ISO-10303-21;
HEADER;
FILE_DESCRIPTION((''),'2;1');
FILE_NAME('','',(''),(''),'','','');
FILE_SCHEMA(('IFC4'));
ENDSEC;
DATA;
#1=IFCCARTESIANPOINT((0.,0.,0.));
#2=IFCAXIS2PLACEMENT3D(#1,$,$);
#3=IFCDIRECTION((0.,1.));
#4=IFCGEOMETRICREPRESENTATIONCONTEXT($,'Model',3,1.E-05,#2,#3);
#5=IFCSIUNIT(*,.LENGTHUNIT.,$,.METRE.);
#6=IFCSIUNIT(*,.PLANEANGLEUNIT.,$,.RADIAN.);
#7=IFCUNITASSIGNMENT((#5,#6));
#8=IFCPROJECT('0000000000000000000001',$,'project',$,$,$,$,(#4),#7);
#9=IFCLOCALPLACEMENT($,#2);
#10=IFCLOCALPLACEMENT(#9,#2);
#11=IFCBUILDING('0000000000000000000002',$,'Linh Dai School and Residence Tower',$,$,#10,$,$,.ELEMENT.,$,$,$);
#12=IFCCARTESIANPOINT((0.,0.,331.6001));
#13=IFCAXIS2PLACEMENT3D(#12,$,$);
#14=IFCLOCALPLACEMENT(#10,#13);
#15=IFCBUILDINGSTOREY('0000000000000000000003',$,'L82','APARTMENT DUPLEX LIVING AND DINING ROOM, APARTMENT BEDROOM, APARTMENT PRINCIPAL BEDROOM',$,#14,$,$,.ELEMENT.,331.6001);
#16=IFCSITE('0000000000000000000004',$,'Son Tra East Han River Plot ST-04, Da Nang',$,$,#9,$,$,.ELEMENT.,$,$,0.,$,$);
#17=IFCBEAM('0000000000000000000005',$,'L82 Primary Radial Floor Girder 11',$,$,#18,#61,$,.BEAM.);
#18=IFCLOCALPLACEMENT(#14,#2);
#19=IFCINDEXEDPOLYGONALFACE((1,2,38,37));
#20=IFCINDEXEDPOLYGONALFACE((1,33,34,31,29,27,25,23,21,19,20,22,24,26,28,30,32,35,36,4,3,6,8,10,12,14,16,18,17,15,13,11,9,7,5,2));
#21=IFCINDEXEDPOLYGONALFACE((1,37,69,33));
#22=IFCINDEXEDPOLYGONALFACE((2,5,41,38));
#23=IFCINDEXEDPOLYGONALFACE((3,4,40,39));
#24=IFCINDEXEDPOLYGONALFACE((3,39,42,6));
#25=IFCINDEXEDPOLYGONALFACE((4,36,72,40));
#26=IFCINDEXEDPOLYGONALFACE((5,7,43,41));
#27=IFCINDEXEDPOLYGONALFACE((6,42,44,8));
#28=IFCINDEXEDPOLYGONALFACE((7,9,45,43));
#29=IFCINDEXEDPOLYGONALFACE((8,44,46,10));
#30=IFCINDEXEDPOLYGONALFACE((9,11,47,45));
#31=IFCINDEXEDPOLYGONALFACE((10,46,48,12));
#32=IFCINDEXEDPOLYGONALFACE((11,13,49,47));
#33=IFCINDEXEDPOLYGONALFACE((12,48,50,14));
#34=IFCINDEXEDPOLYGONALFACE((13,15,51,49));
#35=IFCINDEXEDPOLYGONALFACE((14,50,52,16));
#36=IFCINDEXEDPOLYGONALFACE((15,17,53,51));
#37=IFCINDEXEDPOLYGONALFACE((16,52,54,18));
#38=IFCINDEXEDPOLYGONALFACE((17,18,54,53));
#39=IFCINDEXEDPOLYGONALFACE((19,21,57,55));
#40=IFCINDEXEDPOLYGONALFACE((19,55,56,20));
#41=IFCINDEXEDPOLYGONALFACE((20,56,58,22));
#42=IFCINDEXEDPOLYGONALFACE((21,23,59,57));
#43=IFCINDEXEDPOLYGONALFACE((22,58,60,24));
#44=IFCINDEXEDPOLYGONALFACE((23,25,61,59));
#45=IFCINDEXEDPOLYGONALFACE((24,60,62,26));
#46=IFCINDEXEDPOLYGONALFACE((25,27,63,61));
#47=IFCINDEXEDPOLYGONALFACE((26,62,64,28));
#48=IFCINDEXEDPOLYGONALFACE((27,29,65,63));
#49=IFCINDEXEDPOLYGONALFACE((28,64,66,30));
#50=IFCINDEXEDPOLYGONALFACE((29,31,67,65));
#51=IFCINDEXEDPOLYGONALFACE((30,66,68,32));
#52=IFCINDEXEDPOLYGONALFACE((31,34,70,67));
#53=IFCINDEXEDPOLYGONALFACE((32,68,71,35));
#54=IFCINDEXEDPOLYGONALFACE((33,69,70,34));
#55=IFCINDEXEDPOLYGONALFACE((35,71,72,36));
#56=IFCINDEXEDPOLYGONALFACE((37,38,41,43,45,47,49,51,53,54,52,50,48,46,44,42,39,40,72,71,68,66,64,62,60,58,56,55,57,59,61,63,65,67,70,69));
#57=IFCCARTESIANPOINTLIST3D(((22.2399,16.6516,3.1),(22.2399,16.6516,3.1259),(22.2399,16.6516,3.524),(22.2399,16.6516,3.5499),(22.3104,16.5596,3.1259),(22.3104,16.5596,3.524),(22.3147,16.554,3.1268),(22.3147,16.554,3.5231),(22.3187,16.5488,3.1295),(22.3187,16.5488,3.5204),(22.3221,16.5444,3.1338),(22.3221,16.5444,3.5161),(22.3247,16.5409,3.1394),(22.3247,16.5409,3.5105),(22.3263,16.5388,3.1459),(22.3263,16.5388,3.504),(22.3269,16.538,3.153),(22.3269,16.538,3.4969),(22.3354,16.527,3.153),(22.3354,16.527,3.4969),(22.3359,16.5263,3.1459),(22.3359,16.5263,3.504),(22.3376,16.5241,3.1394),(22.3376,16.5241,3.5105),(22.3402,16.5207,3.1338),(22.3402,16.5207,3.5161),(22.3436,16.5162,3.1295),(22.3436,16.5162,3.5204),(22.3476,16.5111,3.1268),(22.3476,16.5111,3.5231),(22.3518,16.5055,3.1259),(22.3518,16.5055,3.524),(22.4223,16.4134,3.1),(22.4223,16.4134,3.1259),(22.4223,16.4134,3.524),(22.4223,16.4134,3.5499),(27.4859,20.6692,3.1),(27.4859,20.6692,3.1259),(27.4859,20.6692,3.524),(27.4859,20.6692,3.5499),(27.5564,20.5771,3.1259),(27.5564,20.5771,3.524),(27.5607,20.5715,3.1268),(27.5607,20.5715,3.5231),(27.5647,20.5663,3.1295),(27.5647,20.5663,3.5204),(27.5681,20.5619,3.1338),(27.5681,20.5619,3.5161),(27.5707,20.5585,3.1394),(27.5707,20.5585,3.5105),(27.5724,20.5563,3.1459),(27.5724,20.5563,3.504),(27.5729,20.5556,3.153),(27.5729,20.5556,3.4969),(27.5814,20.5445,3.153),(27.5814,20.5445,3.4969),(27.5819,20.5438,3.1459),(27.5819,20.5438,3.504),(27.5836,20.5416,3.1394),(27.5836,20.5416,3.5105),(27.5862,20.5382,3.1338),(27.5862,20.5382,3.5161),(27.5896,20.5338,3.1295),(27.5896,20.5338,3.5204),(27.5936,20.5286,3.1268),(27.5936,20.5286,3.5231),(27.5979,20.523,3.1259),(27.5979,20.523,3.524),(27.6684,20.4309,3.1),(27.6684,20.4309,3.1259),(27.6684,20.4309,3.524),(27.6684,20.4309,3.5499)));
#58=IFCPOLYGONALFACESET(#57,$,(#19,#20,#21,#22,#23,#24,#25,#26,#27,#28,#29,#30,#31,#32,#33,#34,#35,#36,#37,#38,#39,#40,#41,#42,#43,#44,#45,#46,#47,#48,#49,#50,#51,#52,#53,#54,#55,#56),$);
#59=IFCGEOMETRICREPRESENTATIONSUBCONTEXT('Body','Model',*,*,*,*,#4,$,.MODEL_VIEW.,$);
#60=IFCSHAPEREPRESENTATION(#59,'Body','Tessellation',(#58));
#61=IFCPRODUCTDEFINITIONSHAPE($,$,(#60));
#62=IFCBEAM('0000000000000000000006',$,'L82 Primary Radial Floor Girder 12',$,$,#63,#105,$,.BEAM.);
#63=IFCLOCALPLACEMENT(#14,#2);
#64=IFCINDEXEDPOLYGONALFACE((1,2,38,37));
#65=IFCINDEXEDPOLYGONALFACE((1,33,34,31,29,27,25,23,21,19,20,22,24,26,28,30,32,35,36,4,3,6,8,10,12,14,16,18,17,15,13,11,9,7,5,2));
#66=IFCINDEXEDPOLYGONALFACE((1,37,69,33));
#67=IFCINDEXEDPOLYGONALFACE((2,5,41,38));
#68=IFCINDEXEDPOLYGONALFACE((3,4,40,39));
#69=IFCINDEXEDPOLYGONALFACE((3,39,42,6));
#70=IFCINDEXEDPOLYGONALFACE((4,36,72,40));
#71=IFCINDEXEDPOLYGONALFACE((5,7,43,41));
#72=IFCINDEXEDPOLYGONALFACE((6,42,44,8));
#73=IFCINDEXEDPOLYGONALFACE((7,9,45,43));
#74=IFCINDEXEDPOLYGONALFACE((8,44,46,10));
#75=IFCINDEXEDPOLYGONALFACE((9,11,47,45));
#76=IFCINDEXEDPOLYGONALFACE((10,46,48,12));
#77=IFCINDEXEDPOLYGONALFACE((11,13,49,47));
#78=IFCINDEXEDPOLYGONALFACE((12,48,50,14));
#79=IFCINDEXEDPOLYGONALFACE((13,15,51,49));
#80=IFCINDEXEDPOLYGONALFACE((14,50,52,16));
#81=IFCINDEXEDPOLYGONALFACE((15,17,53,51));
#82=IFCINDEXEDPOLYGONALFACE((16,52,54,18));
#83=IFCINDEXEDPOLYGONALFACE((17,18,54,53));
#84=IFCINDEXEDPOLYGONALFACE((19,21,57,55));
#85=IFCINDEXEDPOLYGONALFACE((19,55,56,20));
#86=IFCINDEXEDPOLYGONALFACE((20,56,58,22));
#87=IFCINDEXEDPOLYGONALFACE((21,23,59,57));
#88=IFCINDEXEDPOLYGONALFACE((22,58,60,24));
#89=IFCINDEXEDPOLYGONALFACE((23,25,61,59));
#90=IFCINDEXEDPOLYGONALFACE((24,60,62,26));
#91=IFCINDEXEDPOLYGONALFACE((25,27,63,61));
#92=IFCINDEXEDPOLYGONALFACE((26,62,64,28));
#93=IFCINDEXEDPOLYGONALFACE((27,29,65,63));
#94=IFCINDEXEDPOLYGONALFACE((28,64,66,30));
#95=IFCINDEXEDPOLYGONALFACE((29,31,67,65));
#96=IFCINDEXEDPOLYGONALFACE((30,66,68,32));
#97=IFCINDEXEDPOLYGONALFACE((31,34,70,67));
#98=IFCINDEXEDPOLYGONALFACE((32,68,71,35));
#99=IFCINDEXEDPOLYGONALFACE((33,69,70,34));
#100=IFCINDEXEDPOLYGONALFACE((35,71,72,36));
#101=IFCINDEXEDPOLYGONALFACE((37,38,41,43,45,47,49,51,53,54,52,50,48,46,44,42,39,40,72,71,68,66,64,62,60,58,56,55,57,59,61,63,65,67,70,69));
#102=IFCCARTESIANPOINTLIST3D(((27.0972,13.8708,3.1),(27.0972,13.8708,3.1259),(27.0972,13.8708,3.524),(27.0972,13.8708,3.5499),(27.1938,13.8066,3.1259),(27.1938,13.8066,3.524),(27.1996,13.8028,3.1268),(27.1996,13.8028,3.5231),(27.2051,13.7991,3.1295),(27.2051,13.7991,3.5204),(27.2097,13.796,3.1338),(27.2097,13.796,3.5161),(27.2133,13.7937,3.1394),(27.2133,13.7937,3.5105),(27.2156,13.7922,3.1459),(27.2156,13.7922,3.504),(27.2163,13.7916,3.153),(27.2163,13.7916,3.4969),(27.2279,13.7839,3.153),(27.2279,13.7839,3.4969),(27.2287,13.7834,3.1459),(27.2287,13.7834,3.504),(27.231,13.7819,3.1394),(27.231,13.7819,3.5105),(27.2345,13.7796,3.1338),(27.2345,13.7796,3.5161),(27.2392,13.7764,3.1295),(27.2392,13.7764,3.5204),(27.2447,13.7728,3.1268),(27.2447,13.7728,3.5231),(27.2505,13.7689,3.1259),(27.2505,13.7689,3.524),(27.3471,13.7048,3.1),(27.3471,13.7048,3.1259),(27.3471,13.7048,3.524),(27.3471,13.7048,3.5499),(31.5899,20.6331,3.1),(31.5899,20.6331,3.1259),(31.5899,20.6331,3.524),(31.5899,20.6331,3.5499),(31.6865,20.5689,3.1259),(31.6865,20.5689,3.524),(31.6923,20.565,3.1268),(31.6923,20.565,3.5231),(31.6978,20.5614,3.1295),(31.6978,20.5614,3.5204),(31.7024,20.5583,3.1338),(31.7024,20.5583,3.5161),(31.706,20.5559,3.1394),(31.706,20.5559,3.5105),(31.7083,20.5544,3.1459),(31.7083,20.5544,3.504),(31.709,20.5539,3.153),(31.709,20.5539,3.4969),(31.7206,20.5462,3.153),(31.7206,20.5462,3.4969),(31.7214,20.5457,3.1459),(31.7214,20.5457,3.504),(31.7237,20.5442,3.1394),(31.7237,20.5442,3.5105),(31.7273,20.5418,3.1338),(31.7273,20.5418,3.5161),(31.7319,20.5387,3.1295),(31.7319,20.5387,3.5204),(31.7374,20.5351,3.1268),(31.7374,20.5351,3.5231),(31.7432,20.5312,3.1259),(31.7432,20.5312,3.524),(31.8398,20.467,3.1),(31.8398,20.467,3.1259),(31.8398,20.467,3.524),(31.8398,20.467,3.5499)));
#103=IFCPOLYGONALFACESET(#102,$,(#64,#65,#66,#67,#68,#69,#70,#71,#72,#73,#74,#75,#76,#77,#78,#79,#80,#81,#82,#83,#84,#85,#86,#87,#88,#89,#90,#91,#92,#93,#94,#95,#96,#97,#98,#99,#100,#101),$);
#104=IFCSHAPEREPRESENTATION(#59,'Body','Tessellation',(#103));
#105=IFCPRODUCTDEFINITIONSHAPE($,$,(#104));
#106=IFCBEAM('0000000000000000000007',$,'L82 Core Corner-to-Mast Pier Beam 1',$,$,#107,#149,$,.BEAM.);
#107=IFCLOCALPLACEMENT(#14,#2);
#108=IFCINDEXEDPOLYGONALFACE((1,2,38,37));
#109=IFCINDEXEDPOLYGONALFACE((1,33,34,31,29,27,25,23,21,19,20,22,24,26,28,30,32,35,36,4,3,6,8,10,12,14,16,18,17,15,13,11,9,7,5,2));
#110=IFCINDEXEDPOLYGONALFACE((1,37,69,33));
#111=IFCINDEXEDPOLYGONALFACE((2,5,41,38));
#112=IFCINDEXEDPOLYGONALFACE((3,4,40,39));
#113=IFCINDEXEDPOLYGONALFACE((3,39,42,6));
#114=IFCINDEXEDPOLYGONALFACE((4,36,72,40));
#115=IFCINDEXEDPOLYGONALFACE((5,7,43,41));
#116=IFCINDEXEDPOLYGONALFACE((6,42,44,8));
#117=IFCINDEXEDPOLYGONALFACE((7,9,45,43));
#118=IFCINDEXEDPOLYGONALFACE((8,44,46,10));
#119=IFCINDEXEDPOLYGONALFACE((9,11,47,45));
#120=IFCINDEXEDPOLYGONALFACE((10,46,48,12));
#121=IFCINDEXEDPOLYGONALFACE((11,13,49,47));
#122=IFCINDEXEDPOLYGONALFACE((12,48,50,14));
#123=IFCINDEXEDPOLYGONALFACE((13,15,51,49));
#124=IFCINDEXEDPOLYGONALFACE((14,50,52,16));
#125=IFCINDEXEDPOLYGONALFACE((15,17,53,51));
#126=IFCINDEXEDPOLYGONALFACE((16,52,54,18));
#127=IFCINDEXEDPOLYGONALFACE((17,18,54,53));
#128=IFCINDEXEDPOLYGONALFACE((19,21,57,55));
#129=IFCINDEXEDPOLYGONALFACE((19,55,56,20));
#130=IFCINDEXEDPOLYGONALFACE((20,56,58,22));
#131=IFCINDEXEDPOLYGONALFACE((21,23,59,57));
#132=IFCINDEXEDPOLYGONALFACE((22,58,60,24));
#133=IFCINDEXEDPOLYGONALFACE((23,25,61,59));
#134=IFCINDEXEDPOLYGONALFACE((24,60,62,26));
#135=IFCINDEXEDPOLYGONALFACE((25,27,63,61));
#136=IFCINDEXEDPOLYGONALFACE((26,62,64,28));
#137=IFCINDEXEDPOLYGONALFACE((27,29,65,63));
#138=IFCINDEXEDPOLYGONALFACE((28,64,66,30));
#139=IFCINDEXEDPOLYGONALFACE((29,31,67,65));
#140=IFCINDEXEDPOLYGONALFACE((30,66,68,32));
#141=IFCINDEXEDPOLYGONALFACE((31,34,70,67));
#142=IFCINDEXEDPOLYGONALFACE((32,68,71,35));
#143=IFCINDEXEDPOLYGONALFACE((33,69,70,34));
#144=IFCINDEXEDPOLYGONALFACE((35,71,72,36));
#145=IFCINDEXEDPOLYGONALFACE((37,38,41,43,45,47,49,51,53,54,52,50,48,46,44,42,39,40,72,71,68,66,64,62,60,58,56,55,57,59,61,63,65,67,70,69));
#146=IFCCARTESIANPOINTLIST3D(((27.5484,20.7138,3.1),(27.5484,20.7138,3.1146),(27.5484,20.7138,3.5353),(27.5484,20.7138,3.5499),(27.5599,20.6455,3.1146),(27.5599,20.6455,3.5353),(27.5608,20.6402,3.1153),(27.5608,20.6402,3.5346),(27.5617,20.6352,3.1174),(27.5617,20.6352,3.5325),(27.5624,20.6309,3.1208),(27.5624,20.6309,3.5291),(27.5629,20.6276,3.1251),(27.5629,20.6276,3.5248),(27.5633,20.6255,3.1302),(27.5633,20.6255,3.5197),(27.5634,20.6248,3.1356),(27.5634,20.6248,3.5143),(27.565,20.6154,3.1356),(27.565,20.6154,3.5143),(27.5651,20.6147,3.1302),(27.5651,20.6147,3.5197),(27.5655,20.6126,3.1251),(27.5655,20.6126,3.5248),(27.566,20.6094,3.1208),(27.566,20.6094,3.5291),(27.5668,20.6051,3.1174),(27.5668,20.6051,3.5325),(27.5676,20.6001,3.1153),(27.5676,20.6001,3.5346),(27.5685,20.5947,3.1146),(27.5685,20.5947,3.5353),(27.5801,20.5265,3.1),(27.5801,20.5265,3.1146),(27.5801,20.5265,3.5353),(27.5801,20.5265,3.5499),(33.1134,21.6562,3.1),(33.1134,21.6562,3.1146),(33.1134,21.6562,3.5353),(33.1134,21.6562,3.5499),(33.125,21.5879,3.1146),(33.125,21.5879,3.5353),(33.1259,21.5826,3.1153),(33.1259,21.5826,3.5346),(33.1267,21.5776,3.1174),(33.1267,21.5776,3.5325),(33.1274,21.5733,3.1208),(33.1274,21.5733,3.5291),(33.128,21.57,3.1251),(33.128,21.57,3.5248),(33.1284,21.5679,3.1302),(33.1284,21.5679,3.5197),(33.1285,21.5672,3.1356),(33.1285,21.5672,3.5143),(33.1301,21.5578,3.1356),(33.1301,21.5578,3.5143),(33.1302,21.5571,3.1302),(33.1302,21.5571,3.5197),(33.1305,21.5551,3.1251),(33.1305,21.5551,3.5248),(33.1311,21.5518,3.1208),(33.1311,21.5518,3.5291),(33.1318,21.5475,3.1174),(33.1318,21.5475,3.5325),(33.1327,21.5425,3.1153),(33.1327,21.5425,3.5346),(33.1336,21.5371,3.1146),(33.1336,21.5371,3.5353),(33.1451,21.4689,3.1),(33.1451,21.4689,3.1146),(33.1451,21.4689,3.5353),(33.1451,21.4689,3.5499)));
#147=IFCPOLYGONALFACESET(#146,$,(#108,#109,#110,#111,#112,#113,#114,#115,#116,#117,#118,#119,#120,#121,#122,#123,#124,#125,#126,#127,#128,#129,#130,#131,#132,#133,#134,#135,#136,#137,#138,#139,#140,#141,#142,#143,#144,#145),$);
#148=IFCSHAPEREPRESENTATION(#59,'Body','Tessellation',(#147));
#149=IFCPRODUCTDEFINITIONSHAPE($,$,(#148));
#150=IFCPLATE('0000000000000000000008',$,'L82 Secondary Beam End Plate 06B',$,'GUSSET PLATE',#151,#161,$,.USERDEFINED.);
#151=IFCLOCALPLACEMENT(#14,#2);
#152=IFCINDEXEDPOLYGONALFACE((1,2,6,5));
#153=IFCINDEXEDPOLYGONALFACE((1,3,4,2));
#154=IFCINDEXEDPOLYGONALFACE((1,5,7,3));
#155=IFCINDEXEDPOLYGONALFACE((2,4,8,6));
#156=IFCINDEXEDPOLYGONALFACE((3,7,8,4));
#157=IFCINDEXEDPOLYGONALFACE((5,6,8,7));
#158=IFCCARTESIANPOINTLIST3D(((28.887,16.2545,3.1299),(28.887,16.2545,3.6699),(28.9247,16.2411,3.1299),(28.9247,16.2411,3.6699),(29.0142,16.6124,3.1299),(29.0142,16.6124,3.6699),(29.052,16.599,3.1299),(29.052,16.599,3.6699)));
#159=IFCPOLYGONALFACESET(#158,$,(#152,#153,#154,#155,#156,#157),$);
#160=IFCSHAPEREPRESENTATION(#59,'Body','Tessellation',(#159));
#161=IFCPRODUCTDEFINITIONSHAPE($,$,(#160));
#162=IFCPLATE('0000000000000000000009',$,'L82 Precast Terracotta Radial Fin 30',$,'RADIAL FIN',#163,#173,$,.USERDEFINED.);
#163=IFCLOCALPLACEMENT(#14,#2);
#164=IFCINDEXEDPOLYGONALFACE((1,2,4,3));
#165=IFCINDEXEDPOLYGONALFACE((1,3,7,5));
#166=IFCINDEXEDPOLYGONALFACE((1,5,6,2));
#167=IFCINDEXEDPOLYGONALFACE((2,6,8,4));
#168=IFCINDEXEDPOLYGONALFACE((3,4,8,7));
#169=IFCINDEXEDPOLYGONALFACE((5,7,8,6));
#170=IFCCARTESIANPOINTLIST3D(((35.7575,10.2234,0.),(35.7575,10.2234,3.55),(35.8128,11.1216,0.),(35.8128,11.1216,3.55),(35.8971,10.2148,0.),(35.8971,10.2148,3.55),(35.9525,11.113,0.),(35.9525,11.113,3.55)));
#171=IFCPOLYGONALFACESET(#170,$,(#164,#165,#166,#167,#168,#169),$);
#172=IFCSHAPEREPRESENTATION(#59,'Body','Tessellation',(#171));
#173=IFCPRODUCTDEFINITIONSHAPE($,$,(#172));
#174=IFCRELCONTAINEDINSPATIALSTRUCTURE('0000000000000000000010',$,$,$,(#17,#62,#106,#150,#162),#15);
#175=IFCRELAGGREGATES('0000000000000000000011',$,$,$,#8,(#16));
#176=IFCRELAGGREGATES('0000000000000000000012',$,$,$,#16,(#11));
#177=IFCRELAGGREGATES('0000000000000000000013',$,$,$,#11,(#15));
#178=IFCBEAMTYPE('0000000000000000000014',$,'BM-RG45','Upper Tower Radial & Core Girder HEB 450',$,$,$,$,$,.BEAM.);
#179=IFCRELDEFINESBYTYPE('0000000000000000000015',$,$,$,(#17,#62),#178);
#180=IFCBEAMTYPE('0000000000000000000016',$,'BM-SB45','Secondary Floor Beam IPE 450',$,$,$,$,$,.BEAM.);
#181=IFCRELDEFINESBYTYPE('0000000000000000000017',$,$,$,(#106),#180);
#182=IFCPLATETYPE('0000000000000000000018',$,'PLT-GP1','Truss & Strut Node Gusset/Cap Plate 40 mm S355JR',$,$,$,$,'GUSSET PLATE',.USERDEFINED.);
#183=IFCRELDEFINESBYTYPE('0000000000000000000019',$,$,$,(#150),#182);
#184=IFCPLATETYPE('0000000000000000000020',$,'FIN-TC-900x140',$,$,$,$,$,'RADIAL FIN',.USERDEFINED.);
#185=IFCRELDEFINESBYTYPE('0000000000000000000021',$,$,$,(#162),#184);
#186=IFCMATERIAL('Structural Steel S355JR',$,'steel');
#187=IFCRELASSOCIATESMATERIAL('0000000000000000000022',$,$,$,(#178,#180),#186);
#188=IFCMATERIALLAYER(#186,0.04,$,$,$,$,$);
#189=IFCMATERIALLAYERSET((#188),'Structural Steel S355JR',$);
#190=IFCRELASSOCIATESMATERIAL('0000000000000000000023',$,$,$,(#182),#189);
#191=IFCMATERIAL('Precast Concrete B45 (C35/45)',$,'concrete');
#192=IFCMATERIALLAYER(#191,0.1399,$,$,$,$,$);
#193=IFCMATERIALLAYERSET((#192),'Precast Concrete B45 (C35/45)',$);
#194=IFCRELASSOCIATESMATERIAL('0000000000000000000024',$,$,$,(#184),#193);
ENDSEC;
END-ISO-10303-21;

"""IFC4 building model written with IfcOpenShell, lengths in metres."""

from ifc_helpers import new_model, si_unit, direction, frame, origin, origin_2d, place, context, subcontext, project, spatial, rectangle, i_section, extrude, source, transform, mapped, material, layer, layer_set, material_profile, profile_set, type_object, element, save


model = new_model("IFC4")

# Units and contexts
model_context = context("Model", 3, precision=1e-05, world=origin(), true_north=direction((0.0, 1.0)))
body_context = subcontext(model_context, "Body", "Model", "MODEL_VIEW")
ifc_project = project(units=[si_unit("LENGTHUNIT", "METRE"), si_unit("PLANEANGLEUNIT", "RADIAN")], contexts=[model_context])

# Site, building, storey
site_placement = place(None, origin())
site = spatial("IfcSite", under=ifc_project, at=site_placement, Name="Son Tra East Han River Plot ST-04, Da Nang", CompositionType="ELEMENT", RefElevation=0.0)
building_placement = place(site_placement, origin())
building = spatial("IfcBuilding", under=site, at=building_placement, Name="Linh Dai School and Residence Tower", CompositionType="ELEMENT")
storey_placement = place(building_placement, frame((0.0, 0.0, 331.6001)))
storey = spatial("IfcBuildingStorey", under=building, at=storey_placement, Name="L82", Description="APARTMENT DUPLEX LIVING AND DINING ROOM, APARTMENT BEDROOM, APARTMENT PRINCIPAL BEDROOM", CompositionType="ELEMENT", Elevation=331.6001)

# Shared definitions
ifc_material_1 = material(Name="Structural Steel S355JR", Category="steel")

# Beams
ifc_material_profile_1 = material_profile(ifc_material_1, i_section(OverallWidth=0.3, OverallDepth=0.45, WebThickness=0.0139, FlangeThickness=0.0259, FilletRadius=0.0271, at=origin_2d()), Name="HEB 450")
ifc_profile_set_1 = profile_set([ifc_material_profile_1], Name="Structural Steel S355JR")
beam_type_1 = type_object("IfcBeamType", Name="BM-RG45", Description="Upper Tower Radial & Core Girder HEB 450", PredefinedType="BEAM", material=ifc_profile_set_1)
beam_1_placement = place(storey_placement, frame((27.5771, 20.55, 3.325), z_axis=(-0.79393, -0.608009, 0.0), x_axis=(0.608009, -0.79393, 0.0)))
element("IfcBeam", 1, at=beam_1_placement, inside=storey, type_object=beam_type_1, Name="L82 Primary Radial Floor Girder 11", PredefinedType="BEAM", context=body_context, shape_type="SweptSolid", body=[
    extrude(i_section(OverallWidth=0.3, OverallDepth=0.45, WebThickness=0.0139, FlangeThickness=0.0259, FilletRadius=0.0271, at=origin_2d()), origin(), (0.0, 0.0, 1.0), 6.6077),
])
beam_2_placement = place(storey_placement, frame((31.7148, 20.55, 3.325), z_axis=(-0.553381, -0.832928, 0.0), x_axis=(0.832928, -0.553381, 0.0)))
element("IfcBeam", 2, at=beam_2_placement, inside=storey, type_object=beam_type_1, Name="L82 Primary Radial Floor Girder 12", PredefinedType="BEAM", context=body_context, shape_type="SweptSolid", body=[
    extrude(i_section(OverallWidth=0.3, OverallDepth=0.45, WebThickness=0.0139, FlangeThickness=0.0259, FilletRadius=0.0271, at=origin_2d()), origin(), (0.0, 0.0, 1.0), 8.1187),
])
ifc_material_profile_2 = material_profile(ifc_material_1, i_section(OverallWidth=0.1899, OverallDepth=0.45, WebThickness=0.0095, FlangeThickness=0.0146, FilletRadius=0.021, at=origin_2d()), Name="IPE 450")
ifc_profile_set_2 = profile_set([ifc_material_profile_2], Name="Structural Steel S355JR")
beam_type_2 = type_object("IfcBeamType", Name="BM-SB45", Description="Secondary Floor Beam IPE 450", PredefinedType="BEAM", material=ifc_profile_set_2)
beam_3_placement = place(storey_placement, frame((27.5642, 20.6201, 3.325), z_axis=(0.985963, 0.166966, 0.0), x_axis=(-0.166966, 0.985963, 0.0)))
element("IfcBeam", 3, at=beam_3_placement, inside=storey, type_object=beam_type_2, Name="L82 Core Corner-to-Mast Pier Beam 1", PredefinedType="BEAM", context=body_context, shape_type="SweptSolid", body=[
    extrude(i_section(OverallWidth=0.1899, OverallDepth=0.45, WebThickness=0.0095, FlangeThickness=0.0146, FilletRadius=0.021, at=origin_2d()), origin(), (0.0, 0.0, 1.0), 5.6443),
])

# Plates
ifc_layer_1 = layer(ifc_material_1, 0.04)
ifc_layer_set_1 = layer_set([ifc_layer_1], Name="Structural Steel S355JR")
plate_type_1 = type_object("IfcPlateType", Name="PLT-GP1", Description="Truss & Strut Node Gusset/Cap Plate 40 mm S355JR", ElementType="GUSSET PLATE", PredefinedType="USERDEFINED", material=ifc_layer_set_1)
shared_shape_1 = source(origin(), body_context, "Body", "SweptSolid", [
    extrude(rectangle(XDim=0.04, YDim=0.3799, at=origin_2d()), origin(), (0.0, 0.0, 1.0), 0.54),
])
plate_1_placement = place(storey_placement, frame((28.9695, 16.4268, 3.1299), z_axis=(0.0, 0.0, 1.0), x_axis=(0.942251, -0.334909, 0.0)))
element("IfcPlate", 4, at=plate_1_placement, inside=storey, type_object=plate_type_1, Name="L82 Secondary Beam End Plate 06B", ObjectType="GUSSET PLATE", PredefinedType="USERDEFINED", context=body_context, shape_type="MappedRepresentation", body=[
    mapped(shared_shape_1, transform((0.0, 0.0, 0.0), x_axis=(1.0, 0.0, 0.0), y_axis=(0.0, 1.0, 0.0), z_axis=(0.0, 0.0, 1.0), scale=1.0)),
])
ifc_material_2 = material(Name="Precast Concrete B45 (C35/45)", Category="concrete")
ifc_layer_2 = layer(ifc_material_2, 0.1399)
ifc_layer_set_2 = layer_set([ifc_layer_2], Name="Precast Concrete B45 (C35/45)")
plate_type_2 = type_object("IfcPlateType", Name="FIN-TC-900x140", ElementType="RADIAL FIN", PredefinedType="USERDEFINED", material=ifc_layer_set_2)
shared_shape_2 = source(origin(), body_context, "Body", "SweptSolid", [
    extrude(rectangle(XDim=0.8999, YDim=0.1399, at=origin_2d()), origin(), (0.0, 0.0, 1.0), 3.55),
])
plate_2_placement = place(storey_placement, frame((35.855, 10.6682, 0.0), z_axis=(0.0, 0.0, 1.0), x_axis=(-0.061518, -0.998106, 0.0)))
element("IfcPlate", 5, at=plate_2_placement, inside=storey, type_object=plate_type_2, Name="L82 Precast Terracotta Radial Fin 30", ObjectType="RADIAL FIN", PredefinedType="USERDEFINED", context=body_context, shape_type="MappedRepresentation", body=[
    mapped(shared_shape_2, transform((0.0, 0.0, 0.0), x_axis=(1.0, 0.0, 0.0), y_axis=(0.0, 1.0, 0.0), z_axis=(0.0, 0.0, 1.0), scale=1.0)),
])

save(model, "model.ifc")
